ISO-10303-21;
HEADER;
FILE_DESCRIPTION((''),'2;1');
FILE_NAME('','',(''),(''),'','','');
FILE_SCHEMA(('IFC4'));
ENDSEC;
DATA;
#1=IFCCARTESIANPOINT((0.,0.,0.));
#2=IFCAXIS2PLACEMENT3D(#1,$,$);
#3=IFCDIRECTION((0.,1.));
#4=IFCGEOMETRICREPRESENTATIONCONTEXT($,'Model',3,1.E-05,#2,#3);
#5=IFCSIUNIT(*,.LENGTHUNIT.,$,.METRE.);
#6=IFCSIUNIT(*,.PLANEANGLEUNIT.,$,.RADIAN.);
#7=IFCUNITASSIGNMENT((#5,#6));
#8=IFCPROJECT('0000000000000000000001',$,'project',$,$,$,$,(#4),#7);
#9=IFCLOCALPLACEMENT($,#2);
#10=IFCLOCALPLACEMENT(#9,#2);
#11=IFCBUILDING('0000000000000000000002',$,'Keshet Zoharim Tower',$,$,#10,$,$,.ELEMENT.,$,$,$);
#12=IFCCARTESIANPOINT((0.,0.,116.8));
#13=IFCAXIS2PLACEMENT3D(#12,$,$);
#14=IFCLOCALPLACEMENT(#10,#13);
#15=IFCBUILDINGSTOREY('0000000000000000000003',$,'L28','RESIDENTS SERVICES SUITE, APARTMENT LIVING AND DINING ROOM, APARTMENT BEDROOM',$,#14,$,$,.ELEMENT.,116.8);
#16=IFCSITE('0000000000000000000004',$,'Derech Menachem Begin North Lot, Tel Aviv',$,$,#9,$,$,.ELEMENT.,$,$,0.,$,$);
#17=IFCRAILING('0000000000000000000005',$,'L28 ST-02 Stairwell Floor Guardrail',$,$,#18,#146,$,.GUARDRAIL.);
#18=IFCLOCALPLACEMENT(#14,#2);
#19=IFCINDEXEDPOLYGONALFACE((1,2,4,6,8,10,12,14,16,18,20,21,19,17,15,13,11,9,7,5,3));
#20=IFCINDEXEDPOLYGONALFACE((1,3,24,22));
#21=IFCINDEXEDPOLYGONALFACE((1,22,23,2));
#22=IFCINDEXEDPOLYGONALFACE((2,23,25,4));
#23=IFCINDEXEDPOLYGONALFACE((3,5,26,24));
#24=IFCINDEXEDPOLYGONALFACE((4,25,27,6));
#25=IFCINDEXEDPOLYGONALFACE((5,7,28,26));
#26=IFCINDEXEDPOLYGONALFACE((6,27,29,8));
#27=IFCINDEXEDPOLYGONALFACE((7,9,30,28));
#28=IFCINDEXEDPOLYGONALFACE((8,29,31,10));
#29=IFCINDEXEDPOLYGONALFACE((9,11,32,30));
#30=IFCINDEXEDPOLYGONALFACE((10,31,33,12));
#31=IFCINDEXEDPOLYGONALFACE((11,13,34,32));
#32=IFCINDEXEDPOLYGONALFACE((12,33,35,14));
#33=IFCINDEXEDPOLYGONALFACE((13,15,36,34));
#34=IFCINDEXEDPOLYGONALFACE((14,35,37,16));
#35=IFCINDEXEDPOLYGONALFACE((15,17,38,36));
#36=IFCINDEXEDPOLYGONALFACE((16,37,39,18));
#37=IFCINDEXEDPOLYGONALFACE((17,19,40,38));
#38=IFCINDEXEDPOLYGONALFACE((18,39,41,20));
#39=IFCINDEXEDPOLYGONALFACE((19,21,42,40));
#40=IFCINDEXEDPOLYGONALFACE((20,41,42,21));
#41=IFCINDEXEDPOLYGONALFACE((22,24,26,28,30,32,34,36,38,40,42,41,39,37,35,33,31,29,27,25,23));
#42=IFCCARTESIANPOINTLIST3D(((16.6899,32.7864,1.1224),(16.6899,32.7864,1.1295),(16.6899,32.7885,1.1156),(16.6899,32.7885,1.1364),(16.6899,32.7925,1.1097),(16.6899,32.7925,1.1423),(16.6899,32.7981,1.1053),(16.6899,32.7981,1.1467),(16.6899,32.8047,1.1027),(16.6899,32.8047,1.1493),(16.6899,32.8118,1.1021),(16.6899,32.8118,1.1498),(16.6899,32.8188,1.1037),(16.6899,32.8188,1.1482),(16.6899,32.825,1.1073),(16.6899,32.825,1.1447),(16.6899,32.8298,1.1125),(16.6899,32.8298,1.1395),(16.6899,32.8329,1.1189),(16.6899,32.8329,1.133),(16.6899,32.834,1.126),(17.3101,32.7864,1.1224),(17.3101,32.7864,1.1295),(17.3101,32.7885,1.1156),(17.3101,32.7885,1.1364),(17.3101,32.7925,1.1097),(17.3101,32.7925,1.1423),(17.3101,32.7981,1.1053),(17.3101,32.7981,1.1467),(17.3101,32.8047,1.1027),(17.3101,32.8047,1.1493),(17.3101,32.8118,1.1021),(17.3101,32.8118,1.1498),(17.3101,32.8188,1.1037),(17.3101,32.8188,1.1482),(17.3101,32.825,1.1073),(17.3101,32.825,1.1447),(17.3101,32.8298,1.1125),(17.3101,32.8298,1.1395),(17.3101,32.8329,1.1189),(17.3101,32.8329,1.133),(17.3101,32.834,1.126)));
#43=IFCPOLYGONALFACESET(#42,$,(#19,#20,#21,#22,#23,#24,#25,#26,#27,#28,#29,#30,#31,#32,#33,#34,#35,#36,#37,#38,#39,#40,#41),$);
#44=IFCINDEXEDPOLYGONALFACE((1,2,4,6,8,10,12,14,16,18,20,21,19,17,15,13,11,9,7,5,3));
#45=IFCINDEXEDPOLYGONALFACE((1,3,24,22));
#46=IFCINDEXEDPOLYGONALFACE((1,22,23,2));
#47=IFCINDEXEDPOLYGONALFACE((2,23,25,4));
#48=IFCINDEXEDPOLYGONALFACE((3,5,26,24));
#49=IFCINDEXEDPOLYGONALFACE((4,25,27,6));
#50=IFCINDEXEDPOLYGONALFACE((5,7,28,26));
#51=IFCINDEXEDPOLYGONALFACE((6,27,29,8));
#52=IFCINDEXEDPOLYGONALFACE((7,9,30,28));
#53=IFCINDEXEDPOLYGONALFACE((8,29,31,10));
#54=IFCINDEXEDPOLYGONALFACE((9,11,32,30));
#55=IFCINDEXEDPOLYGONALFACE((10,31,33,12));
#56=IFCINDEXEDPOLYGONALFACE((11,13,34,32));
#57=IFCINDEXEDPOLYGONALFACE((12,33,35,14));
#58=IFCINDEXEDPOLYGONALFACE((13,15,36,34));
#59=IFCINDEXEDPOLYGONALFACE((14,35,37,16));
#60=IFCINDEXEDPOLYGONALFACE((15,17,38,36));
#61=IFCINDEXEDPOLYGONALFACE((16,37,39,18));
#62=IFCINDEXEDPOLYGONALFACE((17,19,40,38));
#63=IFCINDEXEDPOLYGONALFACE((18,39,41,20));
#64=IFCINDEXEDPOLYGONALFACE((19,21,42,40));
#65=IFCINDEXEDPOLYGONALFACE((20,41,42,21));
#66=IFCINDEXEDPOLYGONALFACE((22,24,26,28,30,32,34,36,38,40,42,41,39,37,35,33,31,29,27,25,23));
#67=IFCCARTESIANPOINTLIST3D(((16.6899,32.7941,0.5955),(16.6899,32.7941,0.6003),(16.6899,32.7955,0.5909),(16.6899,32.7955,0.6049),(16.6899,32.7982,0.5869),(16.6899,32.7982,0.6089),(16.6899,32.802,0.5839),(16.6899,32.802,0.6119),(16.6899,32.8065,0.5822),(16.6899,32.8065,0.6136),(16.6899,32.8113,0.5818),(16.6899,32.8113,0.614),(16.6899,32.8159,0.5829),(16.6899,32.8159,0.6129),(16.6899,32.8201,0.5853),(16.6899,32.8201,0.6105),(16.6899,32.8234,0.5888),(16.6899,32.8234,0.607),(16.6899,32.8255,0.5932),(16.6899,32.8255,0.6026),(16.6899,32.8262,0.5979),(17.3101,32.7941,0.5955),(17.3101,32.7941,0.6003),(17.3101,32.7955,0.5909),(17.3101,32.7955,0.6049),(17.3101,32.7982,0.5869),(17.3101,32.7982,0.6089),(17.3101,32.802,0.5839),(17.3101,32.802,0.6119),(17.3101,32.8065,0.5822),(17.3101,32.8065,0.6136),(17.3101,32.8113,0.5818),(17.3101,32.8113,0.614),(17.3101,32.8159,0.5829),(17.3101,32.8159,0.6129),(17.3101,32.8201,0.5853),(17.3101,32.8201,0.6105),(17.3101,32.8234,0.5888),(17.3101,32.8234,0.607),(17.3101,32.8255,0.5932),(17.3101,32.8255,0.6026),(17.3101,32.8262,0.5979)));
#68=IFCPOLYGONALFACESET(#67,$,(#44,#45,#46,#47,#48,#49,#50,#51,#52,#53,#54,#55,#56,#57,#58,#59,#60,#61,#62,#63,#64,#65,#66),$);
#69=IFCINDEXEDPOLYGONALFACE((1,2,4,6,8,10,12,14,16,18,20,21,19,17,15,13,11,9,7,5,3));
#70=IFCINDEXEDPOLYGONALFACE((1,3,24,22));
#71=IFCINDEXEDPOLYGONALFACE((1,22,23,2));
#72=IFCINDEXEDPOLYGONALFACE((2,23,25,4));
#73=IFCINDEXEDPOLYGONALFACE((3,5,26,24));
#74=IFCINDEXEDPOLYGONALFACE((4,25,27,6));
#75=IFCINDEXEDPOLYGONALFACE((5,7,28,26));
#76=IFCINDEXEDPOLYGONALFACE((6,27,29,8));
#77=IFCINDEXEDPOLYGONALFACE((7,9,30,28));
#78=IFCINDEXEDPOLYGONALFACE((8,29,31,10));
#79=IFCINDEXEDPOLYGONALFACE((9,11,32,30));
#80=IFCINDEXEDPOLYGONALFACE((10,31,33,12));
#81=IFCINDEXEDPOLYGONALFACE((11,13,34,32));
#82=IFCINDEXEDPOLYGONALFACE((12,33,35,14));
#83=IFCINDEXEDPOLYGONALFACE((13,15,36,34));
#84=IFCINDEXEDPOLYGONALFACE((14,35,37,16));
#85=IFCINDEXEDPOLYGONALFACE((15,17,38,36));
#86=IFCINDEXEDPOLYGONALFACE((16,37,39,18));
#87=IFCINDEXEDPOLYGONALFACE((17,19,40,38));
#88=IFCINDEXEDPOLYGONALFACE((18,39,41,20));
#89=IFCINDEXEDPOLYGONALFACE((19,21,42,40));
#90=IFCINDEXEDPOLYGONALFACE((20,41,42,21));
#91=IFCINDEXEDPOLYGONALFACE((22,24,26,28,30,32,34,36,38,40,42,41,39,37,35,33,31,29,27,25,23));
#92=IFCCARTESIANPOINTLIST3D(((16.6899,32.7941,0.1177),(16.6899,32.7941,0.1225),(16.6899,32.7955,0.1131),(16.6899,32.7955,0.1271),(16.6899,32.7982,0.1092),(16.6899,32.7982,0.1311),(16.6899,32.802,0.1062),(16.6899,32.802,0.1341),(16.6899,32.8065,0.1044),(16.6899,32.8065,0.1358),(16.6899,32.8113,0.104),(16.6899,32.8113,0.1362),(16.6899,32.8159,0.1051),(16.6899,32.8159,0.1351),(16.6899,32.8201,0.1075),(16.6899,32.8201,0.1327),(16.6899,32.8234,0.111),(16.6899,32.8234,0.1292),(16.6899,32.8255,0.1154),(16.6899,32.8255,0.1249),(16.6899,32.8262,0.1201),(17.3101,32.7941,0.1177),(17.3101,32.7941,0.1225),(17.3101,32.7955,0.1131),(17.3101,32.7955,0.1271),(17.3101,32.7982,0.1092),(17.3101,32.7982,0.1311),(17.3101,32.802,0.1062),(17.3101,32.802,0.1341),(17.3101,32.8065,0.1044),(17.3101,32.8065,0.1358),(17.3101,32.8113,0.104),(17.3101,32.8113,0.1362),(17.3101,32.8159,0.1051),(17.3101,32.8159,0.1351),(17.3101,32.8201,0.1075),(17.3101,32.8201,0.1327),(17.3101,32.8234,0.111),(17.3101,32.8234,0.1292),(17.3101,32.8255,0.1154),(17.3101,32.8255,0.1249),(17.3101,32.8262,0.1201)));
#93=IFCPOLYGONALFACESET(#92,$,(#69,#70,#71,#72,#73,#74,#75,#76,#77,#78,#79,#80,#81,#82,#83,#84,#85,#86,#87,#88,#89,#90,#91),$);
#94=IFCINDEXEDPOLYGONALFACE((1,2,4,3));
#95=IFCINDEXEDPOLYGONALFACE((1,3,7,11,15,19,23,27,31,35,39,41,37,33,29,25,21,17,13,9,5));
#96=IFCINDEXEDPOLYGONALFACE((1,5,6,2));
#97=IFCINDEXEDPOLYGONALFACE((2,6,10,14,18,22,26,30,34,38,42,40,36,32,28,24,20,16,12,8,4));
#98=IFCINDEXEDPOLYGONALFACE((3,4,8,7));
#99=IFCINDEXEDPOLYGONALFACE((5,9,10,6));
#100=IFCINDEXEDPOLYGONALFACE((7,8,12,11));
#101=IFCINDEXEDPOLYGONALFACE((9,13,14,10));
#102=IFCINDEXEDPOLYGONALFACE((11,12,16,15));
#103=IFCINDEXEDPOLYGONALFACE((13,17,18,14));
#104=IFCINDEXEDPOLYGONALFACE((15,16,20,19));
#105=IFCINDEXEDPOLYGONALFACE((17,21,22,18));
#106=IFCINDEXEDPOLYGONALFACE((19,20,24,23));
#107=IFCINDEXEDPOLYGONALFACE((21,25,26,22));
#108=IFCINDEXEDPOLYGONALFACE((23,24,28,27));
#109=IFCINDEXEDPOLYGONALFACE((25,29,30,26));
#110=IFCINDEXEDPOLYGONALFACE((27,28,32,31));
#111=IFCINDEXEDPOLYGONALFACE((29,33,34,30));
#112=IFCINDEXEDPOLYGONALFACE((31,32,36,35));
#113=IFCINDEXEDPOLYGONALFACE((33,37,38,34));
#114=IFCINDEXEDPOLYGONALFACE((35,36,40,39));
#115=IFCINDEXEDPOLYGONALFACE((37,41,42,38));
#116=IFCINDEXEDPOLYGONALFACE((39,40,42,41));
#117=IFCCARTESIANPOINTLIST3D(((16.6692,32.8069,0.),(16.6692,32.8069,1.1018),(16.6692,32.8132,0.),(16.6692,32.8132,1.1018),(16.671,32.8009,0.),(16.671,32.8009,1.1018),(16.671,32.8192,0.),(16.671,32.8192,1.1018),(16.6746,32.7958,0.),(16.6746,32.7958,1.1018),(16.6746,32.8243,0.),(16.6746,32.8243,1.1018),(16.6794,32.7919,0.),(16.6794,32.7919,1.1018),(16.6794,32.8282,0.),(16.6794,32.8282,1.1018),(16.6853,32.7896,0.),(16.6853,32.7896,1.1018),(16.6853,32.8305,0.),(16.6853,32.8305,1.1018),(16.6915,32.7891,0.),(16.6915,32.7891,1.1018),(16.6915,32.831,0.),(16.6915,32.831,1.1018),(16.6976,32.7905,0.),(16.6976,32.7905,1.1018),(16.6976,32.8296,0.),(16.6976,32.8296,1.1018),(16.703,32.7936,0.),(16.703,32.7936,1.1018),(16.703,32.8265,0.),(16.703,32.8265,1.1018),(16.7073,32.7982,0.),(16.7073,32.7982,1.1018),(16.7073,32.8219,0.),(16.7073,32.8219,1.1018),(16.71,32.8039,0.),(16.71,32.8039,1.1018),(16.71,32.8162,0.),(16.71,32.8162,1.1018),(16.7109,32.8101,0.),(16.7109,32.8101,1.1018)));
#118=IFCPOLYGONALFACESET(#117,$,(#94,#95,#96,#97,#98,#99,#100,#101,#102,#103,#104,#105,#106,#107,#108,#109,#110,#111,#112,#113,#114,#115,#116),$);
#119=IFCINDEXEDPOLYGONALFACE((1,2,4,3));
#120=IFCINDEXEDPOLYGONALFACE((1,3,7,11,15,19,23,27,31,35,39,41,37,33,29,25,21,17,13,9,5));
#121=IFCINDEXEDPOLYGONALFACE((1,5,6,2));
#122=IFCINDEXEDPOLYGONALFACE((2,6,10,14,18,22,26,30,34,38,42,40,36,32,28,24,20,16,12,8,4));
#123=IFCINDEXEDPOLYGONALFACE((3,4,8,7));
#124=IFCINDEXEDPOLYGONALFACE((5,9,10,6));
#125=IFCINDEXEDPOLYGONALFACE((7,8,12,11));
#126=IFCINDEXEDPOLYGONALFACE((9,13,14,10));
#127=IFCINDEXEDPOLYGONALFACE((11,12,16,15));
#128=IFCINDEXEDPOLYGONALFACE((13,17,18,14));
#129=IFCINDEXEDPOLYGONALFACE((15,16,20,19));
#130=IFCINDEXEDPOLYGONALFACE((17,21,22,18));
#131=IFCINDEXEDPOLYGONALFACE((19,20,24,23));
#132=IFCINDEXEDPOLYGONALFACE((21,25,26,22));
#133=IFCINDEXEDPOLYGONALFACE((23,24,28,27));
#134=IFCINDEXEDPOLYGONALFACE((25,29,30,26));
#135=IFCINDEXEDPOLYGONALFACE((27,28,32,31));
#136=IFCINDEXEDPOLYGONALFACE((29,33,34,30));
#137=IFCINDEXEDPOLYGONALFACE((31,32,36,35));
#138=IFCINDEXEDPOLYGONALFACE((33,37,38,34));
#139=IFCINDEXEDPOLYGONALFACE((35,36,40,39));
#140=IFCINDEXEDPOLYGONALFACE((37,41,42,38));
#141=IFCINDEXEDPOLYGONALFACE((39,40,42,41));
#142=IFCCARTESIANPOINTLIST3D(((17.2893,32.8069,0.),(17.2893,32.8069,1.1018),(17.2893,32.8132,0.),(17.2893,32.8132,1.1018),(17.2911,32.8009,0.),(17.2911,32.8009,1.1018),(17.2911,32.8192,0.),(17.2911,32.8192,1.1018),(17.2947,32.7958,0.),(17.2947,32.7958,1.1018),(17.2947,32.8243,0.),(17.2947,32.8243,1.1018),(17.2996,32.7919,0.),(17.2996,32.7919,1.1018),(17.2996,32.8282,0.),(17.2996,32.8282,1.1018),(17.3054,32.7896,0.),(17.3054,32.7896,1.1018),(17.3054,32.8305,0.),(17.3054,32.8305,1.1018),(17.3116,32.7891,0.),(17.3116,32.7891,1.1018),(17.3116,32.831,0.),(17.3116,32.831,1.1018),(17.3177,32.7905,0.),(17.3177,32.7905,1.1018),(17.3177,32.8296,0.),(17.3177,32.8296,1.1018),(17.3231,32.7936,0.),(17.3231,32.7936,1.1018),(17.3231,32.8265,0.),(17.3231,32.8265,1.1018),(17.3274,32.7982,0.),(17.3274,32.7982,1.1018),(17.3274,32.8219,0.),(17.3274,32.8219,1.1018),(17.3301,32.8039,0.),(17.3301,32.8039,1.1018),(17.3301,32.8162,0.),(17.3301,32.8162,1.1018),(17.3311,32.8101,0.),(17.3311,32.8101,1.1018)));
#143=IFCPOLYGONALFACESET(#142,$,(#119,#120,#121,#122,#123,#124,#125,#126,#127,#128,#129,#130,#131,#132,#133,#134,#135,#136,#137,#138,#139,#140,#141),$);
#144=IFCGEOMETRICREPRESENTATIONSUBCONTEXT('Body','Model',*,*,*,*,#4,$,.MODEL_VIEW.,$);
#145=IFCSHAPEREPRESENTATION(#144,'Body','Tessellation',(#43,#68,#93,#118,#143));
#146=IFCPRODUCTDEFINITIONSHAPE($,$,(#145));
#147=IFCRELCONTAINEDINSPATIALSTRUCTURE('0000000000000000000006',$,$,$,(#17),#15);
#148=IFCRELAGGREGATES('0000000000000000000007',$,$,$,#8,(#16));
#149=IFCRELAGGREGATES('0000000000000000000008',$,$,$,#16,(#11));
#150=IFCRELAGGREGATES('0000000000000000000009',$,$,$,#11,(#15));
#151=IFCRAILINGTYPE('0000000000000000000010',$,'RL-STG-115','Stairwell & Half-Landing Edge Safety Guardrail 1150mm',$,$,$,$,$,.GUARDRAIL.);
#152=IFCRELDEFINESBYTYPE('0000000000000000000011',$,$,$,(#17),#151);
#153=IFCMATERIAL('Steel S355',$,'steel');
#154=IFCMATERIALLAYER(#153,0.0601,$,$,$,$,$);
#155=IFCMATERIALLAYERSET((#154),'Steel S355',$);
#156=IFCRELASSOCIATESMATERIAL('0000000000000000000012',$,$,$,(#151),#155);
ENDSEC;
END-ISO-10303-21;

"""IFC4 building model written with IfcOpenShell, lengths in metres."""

from ifc_helpers import new_model, si_unit, direction, frame, origin, origin_2d, place, context, subcontext, project, spatial, circle, extrude, material, layer, layer_set, type_object, element, save


model = new_model("IFC4")

# Units and contexts
model_context = context("Model", 3, precision=1e-05, world=origin(), true_north=direction((0.0, 1.0)))
body_context = subcontext(model_context, "Body", "Model", "MODEL_VIEW")
ifc_project = project(units=[si_unit("LENGTHUNIT", "METRE"), si_unit("PLANEANGLEUNIT", "RADIAN")], contexts=[model_context])

# Site, building, storey
site_placement = place(None, origin())
site = spatial("IfcSite", under=ifc_project, at=site_placement, Name="Derech Menachem Begin North Lot, Tel Aviv", CompositionType="ELEMENT", RefElevation=0.0)
building_placement = place(site_placement, origin())
building = spatial("IfcBuilding", under=site, at=building_placement, Name="Keshet Zoharim Tower", CompositionType="ELEMENT")
storey_placement = place(building_placement, frame((0.0, 0.0, 116.8)))
storey = spatial("IfcBuildingStorey", under=building, at=storey_placement, Name="L28", Description="RESIDENTS SERVICES SUITE, APARTMENT LIVING AND DINING ROOM, APARTMENT BEDROOM", CompositionType="ELEMENT", Elevation=116.8)

# Shared definitions
ifc_material_1 = material(Name="Steel S355", Category="steel")

# Railing
ifc_layer_1 = layer(ifc_material_1, 0.0601)
ifc_layer_set_1 = layer_set([ifc_layer_1], Name="Steel S355")
railing_type_1 = type_object("IfcRailingType", Name="RL-STG-115", Description="Stairwell & Half-Landing Edge Safety Guardrail 1150mm", PredefinedType="GUARDRAIL", material=ifc_layer_set_1)
railing_1_placement = place(storey_placement, frame((16.6899, 32.8101, 0.0)))
element("IfcRailing", 1, at=railing_1_placement, inside=storey, type_object=railing_type_1, Name="L28 ST-02 Stairwell Floor Guardrail", PredefinedType="GUARDRAIL", context=body_context, shape_type="SweptSolid", body=[
    extrude(circle(Radius=0.0239, at=origin_2d()), frame((0.0, 0.0, 1.126), z_axis=(1.0, 0.0, 0.0), x_axis=(0.0, 1.0, 0.0)), (0.0, 0.0, 1.0), 0.6201),
    extrude(circle(Radius=0.0161, at=origin_2d()), frame((0.0, 0.0, 0.5979), z_axis=(1.0, 0.0, 0.0), x_axis=(0.0, 1.0, 0.0)), (0.0, 0.0, 1.0), 0.6201),
    extrude(circle(Radius=0.0161, at=origin_2d()), frame((0.0, 0.0, 0.1201), z_axis=(1.0, 0.0, 0.0), x_axis=(0.0, 1.0, 0.0)), (0.0, 0.0, 1.0), 0.6201),
    extrude(circle(Radius=0.021, at=origin_2d()), origin(), (0.0, 0.0, 1.0), 1.1018),
    extrude(circle(Radius=0.021, at=origin_2d()), frame((0.6201, 0.0, 0.0)), (0.0, 0.0, 1.0), 1.1018),
])

save(model, "model.ifc")
